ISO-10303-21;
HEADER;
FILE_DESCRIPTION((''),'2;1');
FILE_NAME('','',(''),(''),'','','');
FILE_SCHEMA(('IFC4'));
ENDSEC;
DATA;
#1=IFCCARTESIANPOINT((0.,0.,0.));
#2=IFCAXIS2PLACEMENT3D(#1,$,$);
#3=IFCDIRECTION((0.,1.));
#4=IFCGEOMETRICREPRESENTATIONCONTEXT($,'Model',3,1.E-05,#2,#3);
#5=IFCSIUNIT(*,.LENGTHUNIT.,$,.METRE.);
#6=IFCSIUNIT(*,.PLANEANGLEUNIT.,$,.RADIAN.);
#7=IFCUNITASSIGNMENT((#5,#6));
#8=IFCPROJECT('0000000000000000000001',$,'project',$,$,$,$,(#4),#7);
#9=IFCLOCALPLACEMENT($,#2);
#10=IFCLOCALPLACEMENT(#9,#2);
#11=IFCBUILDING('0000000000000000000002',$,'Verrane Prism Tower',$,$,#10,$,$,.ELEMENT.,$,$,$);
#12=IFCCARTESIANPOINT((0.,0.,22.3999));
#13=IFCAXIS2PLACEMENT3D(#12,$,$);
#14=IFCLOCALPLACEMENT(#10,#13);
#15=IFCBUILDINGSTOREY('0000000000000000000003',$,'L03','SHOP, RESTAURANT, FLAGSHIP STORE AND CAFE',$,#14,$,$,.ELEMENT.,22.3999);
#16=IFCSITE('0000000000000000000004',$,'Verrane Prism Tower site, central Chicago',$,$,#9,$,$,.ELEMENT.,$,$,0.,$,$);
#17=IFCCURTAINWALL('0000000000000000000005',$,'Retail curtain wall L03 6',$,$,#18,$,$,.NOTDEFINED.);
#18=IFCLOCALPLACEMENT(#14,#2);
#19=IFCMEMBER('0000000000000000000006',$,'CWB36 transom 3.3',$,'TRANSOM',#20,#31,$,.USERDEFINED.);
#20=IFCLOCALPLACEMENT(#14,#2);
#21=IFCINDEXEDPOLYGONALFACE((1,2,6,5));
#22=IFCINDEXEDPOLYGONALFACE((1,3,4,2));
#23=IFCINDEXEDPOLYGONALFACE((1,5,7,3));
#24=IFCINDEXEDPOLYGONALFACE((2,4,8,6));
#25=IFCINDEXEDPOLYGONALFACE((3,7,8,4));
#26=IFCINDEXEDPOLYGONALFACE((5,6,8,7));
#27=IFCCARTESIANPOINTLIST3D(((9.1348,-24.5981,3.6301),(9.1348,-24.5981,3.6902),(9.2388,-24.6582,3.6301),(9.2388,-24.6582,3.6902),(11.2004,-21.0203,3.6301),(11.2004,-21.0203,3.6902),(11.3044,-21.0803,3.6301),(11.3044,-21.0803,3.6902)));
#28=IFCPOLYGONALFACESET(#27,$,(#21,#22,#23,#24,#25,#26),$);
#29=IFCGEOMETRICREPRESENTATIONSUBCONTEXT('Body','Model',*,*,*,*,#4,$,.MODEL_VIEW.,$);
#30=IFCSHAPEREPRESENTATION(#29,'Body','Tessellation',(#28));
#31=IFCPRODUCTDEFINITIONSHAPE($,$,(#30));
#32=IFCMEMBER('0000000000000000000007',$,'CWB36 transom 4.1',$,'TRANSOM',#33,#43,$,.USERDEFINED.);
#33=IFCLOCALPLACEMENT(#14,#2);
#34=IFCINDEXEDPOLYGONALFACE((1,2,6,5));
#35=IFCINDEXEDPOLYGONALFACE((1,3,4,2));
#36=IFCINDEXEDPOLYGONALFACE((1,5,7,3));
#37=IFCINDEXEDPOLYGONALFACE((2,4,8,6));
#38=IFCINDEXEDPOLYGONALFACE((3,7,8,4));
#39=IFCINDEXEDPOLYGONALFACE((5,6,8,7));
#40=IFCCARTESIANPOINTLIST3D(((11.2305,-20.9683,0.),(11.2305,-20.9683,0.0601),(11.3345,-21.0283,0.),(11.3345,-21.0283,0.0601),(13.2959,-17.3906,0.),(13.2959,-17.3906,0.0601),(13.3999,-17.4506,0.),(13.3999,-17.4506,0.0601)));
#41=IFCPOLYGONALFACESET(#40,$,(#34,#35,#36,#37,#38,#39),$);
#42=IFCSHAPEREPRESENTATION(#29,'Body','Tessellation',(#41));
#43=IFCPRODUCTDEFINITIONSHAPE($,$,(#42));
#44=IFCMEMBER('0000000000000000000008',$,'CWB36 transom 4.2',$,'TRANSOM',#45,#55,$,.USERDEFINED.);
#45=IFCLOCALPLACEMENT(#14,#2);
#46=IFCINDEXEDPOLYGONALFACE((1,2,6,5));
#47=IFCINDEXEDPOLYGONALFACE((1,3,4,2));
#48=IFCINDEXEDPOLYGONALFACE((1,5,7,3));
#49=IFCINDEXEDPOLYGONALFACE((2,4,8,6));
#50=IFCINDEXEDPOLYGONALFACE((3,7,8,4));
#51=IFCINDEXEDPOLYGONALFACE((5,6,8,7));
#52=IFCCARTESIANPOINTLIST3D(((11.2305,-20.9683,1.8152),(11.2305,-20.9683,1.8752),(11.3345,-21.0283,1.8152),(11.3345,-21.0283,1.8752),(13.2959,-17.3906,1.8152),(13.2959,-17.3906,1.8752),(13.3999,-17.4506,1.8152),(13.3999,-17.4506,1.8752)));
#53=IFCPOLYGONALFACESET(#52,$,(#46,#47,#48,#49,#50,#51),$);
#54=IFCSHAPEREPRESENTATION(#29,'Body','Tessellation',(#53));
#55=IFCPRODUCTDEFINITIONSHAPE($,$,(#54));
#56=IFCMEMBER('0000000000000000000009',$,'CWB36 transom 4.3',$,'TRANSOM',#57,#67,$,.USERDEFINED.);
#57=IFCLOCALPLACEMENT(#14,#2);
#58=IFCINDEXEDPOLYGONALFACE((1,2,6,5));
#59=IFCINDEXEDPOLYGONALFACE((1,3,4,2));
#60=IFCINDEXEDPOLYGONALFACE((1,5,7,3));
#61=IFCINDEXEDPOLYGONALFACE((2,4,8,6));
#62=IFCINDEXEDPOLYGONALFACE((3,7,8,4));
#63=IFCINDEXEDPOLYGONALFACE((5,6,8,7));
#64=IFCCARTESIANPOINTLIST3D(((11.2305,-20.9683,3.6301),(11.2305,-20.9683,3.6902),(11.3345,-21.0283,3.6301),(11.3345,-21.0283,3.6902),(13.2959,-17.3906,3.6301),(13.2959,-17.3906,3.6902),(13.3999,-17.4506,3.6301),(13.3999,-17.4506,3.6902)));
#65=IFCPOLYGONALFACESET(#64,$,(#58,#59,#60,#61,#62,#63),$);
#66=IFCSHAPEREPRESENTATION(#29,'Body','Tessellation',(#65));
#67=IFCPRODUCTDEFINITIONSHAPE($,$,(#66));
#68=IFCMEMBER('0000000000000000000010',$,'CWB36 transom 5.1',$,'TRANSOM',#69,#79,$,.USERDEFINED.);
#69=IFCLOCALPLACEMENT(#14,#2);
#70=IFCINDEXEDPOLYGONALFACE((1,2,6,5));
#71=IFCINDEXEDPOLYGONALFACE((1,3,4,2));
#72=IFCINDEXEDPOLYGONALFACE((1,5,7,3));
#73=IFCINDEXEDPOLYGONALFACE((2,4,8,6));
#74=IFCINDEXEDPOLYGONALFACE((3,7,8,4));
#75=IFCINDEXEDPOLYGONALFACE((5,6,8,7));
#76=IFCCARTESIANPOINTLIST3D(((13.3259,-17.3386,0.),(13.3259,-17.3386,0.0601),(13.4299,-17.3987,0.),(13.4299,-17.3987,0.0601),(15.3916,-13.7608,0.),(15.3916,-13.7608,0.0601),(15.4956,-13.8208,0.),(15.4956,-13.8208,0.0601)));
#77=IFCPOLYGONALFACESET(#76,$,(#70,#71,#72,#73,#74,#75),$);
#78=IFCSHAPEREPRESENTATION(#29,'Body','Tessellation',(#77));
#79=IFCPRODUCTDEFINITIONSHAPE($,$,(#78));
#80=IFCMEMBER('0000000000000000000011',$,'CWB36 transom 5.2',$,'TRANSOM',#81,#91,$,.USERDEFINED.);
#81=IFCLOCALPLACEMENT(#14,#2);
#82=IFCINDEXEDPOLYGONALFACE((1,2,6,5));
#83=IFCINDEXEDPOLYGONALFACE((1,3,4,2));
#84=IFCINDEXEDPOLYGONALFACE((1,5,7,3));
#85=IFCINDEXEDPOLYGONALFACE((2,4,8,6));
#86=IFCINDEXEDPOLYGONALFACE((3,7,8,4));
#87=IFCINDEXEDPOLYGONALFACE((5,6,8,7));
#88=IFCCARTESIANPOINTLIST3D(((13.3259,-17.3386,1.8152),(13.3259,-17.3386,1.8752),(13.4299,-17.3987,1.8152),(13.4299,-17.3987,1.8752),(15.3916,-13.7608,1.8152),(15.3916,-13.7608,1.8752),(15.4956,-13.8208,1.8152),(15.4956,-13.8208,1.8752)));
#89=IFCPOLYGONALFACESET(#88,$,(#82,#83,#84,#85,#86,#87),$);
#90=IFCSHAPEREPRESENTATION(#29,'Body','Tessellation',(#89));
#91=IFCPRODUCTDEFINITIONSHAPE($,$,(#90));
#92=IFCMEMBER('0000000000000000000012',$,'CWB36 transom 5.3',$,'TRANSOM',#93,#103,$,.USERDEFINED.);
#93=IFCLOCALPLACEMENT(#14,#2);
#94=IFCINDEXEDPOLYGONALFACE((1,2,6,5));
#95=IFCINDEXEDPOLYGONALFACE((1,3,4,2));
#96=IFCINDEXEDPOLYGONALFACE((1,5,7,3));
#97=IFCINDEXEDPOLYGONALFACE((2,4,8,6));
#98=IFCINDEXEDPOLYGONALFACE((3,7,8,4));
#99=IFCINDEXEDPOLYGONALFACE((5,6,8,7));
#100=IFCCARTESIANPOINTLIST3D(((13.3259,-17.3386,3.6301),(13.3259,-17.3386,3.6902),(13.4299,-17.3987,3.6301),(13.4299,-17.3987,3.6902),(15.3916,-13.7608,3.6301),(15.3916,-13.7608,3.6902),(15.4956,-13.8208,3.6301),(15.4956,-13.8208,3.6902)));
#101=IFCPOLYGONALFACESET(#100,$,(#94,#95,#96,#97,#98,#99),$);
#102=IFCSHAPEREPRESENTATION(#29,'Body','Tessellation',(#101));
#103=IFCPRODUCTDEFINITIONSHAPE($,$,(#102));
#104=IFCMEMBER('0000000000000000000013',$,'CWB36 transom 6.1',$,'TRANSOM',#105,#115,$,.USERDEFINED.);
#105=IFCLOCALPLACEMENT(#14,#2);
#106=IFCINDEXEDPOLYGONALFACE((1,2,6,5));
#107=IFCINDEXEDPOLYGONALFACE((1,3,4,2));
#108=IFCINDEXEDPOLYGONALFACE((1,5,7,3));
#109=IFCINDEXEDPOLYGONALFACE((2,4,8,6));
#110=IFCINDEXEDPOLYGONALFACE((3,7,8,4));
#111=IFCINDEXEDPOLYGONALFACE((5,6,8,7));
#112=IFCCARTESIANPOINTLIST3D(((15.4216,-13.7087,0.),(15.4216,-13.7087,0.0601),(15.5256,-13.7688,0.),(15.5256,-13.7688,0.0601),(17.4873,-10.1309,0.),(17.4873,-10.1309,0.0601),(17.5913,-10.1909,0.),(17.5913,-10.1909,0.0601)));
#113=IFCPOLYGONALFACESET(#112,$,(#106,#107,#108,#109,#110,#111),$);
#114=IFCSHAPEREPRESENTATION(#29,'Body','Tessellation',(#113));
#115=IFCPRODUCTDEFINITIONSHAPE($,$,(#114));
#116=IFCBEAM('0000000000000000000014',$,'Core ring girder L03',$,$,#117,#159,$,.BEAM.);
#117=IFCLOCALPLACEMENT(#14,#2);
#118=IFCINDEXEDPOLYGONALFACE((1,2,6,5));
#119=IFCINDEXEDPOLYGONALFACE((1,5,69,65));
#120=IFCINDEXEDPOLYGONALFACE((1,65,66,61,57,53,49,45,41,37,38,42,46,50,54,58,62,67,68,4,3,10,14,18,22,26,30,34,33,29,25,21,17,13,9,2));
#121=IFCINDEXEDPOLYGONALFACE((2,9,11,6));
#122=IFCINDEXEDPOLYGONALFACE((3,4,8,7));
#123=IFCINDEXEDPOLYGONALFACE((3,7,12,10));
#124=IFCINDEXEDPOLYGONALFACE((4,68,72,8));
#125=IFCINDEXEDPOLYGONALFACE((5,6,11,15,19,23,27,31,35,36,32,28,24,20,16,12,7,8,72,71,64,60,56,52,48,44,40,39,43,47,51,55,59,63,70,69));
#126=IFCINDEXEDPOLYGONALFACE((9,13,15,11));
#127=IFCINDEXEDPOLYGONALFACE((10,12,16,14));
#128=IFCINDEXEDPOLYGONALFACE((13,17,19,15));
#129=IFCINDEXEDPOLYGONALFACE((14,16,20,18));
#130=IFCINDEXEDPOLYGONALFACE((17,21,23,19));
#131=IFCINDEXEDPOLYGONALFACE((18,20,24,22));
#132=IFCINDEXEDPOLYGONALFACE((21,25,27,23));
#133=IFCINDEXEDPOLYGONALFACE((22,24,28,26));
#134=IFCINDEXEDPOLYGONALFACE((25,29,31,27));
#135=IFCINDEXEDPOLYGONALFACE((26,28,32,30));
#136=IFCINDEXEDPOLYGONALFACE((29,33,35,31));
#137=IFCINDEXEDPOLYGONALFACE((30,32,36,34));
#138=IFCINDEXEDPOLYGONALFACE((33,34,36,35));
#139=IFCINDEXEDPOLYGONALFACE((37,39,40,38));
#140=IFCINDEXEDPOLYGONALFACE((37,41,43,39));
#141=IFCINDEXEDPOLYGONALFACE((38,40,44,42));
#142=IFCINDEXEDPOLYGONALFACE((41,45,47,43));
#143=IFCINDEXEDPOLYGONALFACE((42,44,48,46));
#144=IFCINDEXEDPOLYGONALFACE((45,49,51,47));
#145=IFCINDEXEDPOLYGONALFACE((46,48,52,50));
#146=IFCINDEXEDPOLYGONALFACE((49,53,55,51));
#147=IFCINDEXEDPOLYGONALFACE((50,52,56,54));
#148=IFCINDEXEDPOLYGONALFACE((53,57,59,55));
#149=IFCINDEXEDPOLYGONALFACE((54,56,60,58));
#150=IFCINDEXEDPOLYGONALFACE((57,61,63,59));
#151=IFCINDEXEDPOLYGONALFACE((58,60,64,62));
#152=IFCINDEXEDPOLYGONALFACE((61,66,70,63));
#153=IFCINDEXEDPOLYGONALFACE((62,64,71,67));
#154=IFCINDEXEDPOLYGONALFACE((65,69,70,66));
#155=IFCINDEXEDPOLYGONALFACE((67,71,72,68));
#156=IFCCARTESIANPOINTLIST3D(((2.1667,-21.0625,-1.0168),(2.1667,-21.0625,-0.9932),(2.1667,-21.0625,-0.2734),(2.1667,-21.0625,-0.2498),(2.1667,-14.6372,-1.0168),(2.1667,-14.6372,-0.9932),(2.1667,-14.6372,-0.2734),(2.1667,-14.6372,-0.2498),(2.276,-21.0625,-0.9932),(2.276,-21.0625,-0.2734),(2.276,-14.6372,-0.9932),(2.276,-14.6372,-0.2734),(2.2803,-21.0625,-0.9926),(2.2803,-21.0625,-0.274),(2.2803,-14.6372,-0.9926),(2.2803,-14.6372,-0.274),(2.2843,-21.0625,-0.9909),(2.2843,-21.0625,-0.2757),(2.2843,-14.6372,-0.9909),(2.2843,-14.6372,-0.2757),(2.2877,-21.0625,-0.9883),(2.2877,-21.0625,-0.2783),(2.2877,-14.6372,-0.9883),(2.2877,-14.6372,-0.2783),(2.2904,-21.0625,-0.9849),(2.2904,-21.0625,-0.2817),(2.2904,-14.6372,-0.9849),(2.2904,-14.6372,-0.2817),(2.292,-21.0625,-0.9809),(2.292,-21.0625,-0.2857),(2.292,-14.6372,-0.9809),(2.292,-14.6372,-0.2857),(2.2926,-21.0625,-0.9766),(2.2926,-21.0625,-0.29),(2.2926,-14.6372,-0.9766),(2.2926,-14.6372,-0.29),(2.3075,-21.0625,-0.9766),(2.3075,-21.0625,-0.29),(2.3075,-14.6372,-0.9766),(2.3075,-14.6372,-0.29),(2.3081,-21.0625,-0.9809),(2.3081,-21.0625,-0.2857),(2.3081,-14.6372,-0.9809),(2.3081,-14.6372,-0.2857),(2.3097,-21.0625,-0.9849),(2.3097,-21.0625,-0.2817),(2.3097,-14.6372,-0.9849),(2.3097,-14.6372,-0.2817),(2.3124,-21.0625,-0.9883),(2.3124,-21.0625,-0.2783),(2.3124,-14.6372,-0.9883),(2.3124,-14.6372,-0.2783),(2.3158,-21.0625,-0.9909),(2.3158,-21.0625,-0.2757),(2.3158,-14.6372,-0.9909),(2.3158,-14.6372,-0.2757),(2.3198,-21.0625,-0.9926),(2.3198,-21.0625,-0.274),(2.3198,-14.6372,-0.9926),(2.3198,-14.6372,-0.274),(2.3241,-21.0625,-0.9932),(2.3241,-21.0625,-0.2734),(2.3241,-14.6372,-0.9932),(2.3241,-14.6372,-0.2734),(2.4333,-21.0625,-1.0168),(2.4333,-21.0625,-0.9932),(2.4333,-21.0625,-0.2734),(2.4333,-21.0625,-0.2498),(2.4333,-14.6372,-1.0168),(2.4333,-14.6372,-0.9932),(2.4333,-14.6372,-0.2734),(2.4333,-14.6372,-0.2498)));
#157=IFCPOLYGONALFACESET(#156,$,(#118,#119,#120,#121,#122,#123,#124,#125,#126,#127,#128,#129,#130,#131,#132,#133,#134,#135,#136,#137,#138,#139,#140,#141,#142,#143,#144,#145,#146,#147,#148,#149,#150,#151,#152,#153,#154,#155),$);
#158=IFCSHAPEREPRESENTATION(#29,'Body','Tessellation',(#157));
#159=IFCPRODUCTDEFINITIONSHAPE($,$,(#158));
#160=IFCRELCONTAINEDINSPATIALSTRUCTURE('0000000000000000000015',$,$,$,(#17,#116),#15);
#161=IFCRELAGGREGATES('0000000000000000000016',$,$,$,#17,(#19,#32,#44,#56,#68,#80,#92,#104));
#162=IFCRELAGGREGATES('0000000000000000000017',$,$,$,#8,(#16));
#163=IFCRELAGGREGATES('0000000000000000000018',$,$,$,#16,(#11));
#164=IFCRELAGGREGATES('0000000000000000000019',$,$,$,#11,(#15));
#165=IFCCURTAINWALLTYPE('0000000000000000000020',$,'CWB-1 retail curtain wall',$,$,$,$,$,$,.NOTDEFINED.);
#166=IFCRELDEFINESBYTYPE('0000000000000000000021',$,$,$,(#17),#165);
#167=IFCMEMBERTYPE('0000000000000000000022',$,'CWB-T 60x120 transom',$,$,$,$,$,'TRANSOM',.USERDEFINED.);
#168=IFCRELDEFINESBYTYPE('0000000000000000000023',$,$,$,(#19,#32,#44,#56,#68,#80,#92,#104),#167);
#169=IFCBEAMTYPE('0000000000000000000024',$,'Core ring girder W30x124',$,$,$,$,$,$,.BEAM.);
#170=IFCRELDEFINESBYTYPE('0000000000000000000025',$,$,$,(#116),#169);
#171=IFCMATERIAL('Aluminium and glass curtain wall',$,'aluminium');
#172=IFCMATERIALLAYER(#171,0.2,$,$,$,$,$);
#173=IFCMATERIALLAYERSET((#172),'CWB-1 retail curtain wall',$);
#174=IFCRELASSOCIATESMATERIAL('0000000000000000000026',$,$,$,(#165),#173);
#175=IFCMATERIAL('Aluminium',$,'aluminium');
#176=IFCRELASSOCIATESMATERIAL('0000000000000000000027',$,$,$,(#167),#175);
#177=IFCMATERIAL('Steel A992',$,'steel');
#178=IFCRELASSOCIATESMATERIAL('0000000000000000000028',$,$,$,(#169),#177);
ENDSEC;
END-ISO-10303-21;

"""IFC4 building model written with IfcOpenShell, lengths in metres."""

from ifc_helpers import new_model, si_unit, direction, frame, origin, origin_2d, place, context, subcontext, project, spatial, rectangle, i_section, extrude, material, layer, layer_set, material_profile, profile_set, type_object, element, aggregate, save


model = new_model("IFC4")

# Units and contexts
model_context = context("Model", 3, precision=1e-05, world=origin(), true_north=direction((0.0, 1.0)))
body_context = subcontext(model_context, "Body", "Model", "MODEL_VIEW")
ifc_project = project(units=[si_unit("LENGTHUNIT", "METRE"), si_unit("PLANEANGLEUNIT", "RADIAN")], contexts=[model_context])

# Site, building, storey
site_placement = place(None, origin())
site = spatial("IfcSite", under=ifc_project, at=site_placement, Name="Verrane Prism Tower site, central Chicago", CompositionType="ELEMENT", RefElevation=0.0)
building_placement = place(site_placement, origin())
building = spatial("IfcBuilding", under=site, at=building_placement, Name="Verrane Prism Tower", CompositionType="ELEMENT")
storey_placement = place(building_placement, frame((0.0, 0.0, 22.3999)))
storey = spatial("IfcBuildingStorey", under=building, at=storey_placement, Name="L03", Description="SHOP, RESTAURANT, FLAGSHIP STORE AND CAFE", CompositionType="ELEMENT", Elevation=22.3999)

# Curtain wall, members
ifc_material_1 = material(Name="Aluminium and glass curtain wall", Category="aluminium")
ifc_layer_1 = layer(ifc_material_1, 0.2)
ifc_layer_set_1 = layer_set([ifc_layer_1], Name="CWB-1 retail curtain wall")
curtain_wall_type = type_object("IfcCurtainWallType", Name="CWB-1 retail curtain wall", PredefinedType="NOTDEFINED", material=ifc_layer_set_1)
curtain_wall_placement = place(storey_placement, origin())
curtain_wall = element("IfcCurtainWall", 1, at=curtain_wall_placement, inside=storey, type_object=curtain_wall_type, Name="Retail curtain wall L03 6", PredefinedType="NOTDEFINED")
ifc_material_2 = material(Name="Aluminium", Category="aluminium")
ifc_material_profile_1 = material_profile(ifc_material_2, rectangle(XDim=0.1201, YDim=0.0601, at=origin_2d()), Name="CWB-T 60x120 transom")
ifc_profile_set_1 = profile_set([ifc_material_profile_1], Name="Aluminium")
member_type_1 = type_object("IfcMemberType", Name="CWB-T 60x120 transom", ElementType="TRANSOM", PredefinedType="USERDEFINED", material=ifc_profile_set_1)
member_1_placement = place(storey_placement, frame((9.1868, -24.6282, 3.6602), z_axis=(0.499997, 0.866027, 0.0), x_axis=(-0.866027, 0.499997, 0.0)))
member_1 = element("IfcMember", 2, at=member_1_placement, type_object=member_type_1, Name="CWB36 transom 3.3", ObjectType="TRANSOM", PredefinedType="USERDEFINED", context=body_context, shape_type="SweptSolid", body=[
    extrude(rectangle(XDim=0.1201, YDim=0.0601, at=origin_2d()), origin(), (0.0, 0.0, 1.0), 4.1313),
])
member_2_placement = place(storey_placement, frame((11.2825, -20.9983, 0.03), z_axis=(0.499978, 0.866038, 0.0), x_axis=(-0.866038, 0.499978, 0.0)))
member_2 = element("IfcMember", 3, at=member_2_placement, type_object=member_type_1, Name="CWB36 transom 4.1", ObjectType="TRANSOM", PredefinedType="USERDEFINED", context=body_context, shape_type="SweptSolid", body=[
    extrude(rectangle(XDim=0.1201, YDim=0.0601, at=origin_2d()), origin(), (0.0, 0.0, 1.0), 4.1311),
])
member_3_placement = place(storey_placement, frame((11.2825, -20.9983, 1.8452), z_axis=(0.499978, 0.866038, 0.0), x_axis=(-0.866038, 0.499978, 0.0)))
member_3 = element("IfcMember", 4, at=member_3_placement, type_object=member_type_1, Name="CWB36 transom 4.2", ObjectType="TRANSOM", PredefinedType="USERDEFINED", context=body_context, shape_type="SweptSolid", body=[
    extrude(rectangle(XDim=0.1201, YDim=0.0601, at=origin_2d()), origin(), (0.0, 0.0, 1.0), 4.1311),
])
member_4_placement = place(storey_placement, frame((11.2825, -20.9983, 3.6602), z_axis=(0.499978, 0.866038, 0.0), x_axis=(-0.866038, 0.499978, 0.0)))
member_4 = element("IfcMember", 5, at=member_4_placement, type_object=member_type_1, Name="CWB36 transom 4.3", ObjectType="TRANSOM", PredefinedType="USERDEFINED", context=body_context, shape_type="SweptSolid", body=[
    extrude(rectangle(XDim=0.1201, YDim=0.0601, at=origin_2d()), origin(), (0.0, 0.0, 1.0), 4.1311),
])
member_5_placement = place(storey_placement, frame((13.3779, -17.3687, 0.03), z_axis=(0.499997, 0.866027, 0.0), x_axis=(-0.866027, 0.499997, 0.0)))
member_5 = element("IfcMember", 6, at=member_5_placement, type_object=member_type_1, Name="CWB36 transom 5.1", ObjectType="TRANSOM", PredefinedType="USERDEFINED", context=body_context, shape_type="SweptSolid", body=[
    extrude(rectangle(XDim=0.1201, YDim=0.0601, at=origin_2d()), origin(), (0.0, 0.0, 1.0), 4.1313),
])
member_6_placement = place(storey_placement, frame((13.3779, -17.3687, 1.8452), z_axis=(0.499997, 0.866027, 0.0), x_axis=(-0.866027, 0.499997, 0.0)))
member_6 = element("IfcMember", 7, at=member_6_placement, type_object=member_type_1, Name="CWB36 transom 5.2", ObjectType="TRANSOM", PredefinedType="USERDEFINED", context=body_context, shape_type="SweptSolid", body=[
    extrude(rectangle(XDim=0.1201, YDim=0.0601, at=origin_2d()), origin(), (0.0, 0.0, 1.0), 4.1313),
])
member_7_placement = place(storey_placement, frame((13.3779, -17.3687, 3.6602), z_axis=(0.499997, 0.866027, 0.0), x_axis=(-0.866027, 0.499997, 0.0)))
member_7 = element("IfcMember", 8, at=member_7_placement, type_object=member_type_1, Name="CWB36 transom 5.3", ObjectType="TRANSOM", PredefinedType="USERDEFINED", context=body_context, shape_type="SweptSolid", body=[
    extrude(rectangle(XDim=0.1201, YDim=0.0601, at=origin_2d()), origin(), (0.0, 0.0, 1.0), 4.1313),
])
member_8_placement = place(storey_placement, frame((15.4736, -13.7388, 0.03), z_axis=(0.499997, 0.866027, 0.0), x_axis=(-0.866027, 0.499997, 0.0)))
member_8 = element("IfcMember", 9, at=member_8_placement, type_object=member_type_1, Name="CWB36 transom 6.1", ObjectType="TRANSOM", PredefinedType="USERDEFINED", context=body_context, shape_type="SweptSolid", body=[
    extrude(rectangle(XDim=0.1201, YDim=0.0601, at=origin_2d()), origin(), (0.0, 0.0, 1.0), 4.1313),
])

# Beam
ifc_material_3 = material(Name="Steel A992", Category="steel")
ifc_material_profile_2 = material_profile(ifc_material_3, i_section(OverallWidth=0.2666, OverallDepth=0.7671, WebThickness=0.0149, FlangeThickness=0.0237, FilletRadius=0.0166, at=origin_2d()), Name="W30x124")
ifc_profile_set_2 = profile_set([ifc_material_profile_2], Name="Steel A992")
beam_type_1 = type_object("IfcBeamType", Name="Core ring girder W30x124", PredefinedType="BEAM", material=ifc_profile_set_2)
beam_1_placement = place(storey_placement, frame((2.3, -21.0625, -0.6333), z_axis=(0.0, 1.0, 0.0), x_axis=(-1.0, 0.0, 0.0)))
element("IfcBeam", 10, at=beam_1_placement, inside=storey, type_object=beam_type_1, Name="Core ring girder L03", PredefinedType="BEAM", context=body_context, shape_type="SweptSolid", body=[
    extrude(i_section(OverallWidth=0.2666, OverallDepth=0.7671, WebThickness=0.0149, FlangeThickness=0.0237, FilletRadius=0.0166, at=origin_2d()), origin(), (0.0, 0.0, 1.0), 6.4253),
])

aggregate(curtain_wall, [member_1, member_2, member_3, member_4, member_5, member_6, member_7, member_8])

save(model, "model.ifc")
